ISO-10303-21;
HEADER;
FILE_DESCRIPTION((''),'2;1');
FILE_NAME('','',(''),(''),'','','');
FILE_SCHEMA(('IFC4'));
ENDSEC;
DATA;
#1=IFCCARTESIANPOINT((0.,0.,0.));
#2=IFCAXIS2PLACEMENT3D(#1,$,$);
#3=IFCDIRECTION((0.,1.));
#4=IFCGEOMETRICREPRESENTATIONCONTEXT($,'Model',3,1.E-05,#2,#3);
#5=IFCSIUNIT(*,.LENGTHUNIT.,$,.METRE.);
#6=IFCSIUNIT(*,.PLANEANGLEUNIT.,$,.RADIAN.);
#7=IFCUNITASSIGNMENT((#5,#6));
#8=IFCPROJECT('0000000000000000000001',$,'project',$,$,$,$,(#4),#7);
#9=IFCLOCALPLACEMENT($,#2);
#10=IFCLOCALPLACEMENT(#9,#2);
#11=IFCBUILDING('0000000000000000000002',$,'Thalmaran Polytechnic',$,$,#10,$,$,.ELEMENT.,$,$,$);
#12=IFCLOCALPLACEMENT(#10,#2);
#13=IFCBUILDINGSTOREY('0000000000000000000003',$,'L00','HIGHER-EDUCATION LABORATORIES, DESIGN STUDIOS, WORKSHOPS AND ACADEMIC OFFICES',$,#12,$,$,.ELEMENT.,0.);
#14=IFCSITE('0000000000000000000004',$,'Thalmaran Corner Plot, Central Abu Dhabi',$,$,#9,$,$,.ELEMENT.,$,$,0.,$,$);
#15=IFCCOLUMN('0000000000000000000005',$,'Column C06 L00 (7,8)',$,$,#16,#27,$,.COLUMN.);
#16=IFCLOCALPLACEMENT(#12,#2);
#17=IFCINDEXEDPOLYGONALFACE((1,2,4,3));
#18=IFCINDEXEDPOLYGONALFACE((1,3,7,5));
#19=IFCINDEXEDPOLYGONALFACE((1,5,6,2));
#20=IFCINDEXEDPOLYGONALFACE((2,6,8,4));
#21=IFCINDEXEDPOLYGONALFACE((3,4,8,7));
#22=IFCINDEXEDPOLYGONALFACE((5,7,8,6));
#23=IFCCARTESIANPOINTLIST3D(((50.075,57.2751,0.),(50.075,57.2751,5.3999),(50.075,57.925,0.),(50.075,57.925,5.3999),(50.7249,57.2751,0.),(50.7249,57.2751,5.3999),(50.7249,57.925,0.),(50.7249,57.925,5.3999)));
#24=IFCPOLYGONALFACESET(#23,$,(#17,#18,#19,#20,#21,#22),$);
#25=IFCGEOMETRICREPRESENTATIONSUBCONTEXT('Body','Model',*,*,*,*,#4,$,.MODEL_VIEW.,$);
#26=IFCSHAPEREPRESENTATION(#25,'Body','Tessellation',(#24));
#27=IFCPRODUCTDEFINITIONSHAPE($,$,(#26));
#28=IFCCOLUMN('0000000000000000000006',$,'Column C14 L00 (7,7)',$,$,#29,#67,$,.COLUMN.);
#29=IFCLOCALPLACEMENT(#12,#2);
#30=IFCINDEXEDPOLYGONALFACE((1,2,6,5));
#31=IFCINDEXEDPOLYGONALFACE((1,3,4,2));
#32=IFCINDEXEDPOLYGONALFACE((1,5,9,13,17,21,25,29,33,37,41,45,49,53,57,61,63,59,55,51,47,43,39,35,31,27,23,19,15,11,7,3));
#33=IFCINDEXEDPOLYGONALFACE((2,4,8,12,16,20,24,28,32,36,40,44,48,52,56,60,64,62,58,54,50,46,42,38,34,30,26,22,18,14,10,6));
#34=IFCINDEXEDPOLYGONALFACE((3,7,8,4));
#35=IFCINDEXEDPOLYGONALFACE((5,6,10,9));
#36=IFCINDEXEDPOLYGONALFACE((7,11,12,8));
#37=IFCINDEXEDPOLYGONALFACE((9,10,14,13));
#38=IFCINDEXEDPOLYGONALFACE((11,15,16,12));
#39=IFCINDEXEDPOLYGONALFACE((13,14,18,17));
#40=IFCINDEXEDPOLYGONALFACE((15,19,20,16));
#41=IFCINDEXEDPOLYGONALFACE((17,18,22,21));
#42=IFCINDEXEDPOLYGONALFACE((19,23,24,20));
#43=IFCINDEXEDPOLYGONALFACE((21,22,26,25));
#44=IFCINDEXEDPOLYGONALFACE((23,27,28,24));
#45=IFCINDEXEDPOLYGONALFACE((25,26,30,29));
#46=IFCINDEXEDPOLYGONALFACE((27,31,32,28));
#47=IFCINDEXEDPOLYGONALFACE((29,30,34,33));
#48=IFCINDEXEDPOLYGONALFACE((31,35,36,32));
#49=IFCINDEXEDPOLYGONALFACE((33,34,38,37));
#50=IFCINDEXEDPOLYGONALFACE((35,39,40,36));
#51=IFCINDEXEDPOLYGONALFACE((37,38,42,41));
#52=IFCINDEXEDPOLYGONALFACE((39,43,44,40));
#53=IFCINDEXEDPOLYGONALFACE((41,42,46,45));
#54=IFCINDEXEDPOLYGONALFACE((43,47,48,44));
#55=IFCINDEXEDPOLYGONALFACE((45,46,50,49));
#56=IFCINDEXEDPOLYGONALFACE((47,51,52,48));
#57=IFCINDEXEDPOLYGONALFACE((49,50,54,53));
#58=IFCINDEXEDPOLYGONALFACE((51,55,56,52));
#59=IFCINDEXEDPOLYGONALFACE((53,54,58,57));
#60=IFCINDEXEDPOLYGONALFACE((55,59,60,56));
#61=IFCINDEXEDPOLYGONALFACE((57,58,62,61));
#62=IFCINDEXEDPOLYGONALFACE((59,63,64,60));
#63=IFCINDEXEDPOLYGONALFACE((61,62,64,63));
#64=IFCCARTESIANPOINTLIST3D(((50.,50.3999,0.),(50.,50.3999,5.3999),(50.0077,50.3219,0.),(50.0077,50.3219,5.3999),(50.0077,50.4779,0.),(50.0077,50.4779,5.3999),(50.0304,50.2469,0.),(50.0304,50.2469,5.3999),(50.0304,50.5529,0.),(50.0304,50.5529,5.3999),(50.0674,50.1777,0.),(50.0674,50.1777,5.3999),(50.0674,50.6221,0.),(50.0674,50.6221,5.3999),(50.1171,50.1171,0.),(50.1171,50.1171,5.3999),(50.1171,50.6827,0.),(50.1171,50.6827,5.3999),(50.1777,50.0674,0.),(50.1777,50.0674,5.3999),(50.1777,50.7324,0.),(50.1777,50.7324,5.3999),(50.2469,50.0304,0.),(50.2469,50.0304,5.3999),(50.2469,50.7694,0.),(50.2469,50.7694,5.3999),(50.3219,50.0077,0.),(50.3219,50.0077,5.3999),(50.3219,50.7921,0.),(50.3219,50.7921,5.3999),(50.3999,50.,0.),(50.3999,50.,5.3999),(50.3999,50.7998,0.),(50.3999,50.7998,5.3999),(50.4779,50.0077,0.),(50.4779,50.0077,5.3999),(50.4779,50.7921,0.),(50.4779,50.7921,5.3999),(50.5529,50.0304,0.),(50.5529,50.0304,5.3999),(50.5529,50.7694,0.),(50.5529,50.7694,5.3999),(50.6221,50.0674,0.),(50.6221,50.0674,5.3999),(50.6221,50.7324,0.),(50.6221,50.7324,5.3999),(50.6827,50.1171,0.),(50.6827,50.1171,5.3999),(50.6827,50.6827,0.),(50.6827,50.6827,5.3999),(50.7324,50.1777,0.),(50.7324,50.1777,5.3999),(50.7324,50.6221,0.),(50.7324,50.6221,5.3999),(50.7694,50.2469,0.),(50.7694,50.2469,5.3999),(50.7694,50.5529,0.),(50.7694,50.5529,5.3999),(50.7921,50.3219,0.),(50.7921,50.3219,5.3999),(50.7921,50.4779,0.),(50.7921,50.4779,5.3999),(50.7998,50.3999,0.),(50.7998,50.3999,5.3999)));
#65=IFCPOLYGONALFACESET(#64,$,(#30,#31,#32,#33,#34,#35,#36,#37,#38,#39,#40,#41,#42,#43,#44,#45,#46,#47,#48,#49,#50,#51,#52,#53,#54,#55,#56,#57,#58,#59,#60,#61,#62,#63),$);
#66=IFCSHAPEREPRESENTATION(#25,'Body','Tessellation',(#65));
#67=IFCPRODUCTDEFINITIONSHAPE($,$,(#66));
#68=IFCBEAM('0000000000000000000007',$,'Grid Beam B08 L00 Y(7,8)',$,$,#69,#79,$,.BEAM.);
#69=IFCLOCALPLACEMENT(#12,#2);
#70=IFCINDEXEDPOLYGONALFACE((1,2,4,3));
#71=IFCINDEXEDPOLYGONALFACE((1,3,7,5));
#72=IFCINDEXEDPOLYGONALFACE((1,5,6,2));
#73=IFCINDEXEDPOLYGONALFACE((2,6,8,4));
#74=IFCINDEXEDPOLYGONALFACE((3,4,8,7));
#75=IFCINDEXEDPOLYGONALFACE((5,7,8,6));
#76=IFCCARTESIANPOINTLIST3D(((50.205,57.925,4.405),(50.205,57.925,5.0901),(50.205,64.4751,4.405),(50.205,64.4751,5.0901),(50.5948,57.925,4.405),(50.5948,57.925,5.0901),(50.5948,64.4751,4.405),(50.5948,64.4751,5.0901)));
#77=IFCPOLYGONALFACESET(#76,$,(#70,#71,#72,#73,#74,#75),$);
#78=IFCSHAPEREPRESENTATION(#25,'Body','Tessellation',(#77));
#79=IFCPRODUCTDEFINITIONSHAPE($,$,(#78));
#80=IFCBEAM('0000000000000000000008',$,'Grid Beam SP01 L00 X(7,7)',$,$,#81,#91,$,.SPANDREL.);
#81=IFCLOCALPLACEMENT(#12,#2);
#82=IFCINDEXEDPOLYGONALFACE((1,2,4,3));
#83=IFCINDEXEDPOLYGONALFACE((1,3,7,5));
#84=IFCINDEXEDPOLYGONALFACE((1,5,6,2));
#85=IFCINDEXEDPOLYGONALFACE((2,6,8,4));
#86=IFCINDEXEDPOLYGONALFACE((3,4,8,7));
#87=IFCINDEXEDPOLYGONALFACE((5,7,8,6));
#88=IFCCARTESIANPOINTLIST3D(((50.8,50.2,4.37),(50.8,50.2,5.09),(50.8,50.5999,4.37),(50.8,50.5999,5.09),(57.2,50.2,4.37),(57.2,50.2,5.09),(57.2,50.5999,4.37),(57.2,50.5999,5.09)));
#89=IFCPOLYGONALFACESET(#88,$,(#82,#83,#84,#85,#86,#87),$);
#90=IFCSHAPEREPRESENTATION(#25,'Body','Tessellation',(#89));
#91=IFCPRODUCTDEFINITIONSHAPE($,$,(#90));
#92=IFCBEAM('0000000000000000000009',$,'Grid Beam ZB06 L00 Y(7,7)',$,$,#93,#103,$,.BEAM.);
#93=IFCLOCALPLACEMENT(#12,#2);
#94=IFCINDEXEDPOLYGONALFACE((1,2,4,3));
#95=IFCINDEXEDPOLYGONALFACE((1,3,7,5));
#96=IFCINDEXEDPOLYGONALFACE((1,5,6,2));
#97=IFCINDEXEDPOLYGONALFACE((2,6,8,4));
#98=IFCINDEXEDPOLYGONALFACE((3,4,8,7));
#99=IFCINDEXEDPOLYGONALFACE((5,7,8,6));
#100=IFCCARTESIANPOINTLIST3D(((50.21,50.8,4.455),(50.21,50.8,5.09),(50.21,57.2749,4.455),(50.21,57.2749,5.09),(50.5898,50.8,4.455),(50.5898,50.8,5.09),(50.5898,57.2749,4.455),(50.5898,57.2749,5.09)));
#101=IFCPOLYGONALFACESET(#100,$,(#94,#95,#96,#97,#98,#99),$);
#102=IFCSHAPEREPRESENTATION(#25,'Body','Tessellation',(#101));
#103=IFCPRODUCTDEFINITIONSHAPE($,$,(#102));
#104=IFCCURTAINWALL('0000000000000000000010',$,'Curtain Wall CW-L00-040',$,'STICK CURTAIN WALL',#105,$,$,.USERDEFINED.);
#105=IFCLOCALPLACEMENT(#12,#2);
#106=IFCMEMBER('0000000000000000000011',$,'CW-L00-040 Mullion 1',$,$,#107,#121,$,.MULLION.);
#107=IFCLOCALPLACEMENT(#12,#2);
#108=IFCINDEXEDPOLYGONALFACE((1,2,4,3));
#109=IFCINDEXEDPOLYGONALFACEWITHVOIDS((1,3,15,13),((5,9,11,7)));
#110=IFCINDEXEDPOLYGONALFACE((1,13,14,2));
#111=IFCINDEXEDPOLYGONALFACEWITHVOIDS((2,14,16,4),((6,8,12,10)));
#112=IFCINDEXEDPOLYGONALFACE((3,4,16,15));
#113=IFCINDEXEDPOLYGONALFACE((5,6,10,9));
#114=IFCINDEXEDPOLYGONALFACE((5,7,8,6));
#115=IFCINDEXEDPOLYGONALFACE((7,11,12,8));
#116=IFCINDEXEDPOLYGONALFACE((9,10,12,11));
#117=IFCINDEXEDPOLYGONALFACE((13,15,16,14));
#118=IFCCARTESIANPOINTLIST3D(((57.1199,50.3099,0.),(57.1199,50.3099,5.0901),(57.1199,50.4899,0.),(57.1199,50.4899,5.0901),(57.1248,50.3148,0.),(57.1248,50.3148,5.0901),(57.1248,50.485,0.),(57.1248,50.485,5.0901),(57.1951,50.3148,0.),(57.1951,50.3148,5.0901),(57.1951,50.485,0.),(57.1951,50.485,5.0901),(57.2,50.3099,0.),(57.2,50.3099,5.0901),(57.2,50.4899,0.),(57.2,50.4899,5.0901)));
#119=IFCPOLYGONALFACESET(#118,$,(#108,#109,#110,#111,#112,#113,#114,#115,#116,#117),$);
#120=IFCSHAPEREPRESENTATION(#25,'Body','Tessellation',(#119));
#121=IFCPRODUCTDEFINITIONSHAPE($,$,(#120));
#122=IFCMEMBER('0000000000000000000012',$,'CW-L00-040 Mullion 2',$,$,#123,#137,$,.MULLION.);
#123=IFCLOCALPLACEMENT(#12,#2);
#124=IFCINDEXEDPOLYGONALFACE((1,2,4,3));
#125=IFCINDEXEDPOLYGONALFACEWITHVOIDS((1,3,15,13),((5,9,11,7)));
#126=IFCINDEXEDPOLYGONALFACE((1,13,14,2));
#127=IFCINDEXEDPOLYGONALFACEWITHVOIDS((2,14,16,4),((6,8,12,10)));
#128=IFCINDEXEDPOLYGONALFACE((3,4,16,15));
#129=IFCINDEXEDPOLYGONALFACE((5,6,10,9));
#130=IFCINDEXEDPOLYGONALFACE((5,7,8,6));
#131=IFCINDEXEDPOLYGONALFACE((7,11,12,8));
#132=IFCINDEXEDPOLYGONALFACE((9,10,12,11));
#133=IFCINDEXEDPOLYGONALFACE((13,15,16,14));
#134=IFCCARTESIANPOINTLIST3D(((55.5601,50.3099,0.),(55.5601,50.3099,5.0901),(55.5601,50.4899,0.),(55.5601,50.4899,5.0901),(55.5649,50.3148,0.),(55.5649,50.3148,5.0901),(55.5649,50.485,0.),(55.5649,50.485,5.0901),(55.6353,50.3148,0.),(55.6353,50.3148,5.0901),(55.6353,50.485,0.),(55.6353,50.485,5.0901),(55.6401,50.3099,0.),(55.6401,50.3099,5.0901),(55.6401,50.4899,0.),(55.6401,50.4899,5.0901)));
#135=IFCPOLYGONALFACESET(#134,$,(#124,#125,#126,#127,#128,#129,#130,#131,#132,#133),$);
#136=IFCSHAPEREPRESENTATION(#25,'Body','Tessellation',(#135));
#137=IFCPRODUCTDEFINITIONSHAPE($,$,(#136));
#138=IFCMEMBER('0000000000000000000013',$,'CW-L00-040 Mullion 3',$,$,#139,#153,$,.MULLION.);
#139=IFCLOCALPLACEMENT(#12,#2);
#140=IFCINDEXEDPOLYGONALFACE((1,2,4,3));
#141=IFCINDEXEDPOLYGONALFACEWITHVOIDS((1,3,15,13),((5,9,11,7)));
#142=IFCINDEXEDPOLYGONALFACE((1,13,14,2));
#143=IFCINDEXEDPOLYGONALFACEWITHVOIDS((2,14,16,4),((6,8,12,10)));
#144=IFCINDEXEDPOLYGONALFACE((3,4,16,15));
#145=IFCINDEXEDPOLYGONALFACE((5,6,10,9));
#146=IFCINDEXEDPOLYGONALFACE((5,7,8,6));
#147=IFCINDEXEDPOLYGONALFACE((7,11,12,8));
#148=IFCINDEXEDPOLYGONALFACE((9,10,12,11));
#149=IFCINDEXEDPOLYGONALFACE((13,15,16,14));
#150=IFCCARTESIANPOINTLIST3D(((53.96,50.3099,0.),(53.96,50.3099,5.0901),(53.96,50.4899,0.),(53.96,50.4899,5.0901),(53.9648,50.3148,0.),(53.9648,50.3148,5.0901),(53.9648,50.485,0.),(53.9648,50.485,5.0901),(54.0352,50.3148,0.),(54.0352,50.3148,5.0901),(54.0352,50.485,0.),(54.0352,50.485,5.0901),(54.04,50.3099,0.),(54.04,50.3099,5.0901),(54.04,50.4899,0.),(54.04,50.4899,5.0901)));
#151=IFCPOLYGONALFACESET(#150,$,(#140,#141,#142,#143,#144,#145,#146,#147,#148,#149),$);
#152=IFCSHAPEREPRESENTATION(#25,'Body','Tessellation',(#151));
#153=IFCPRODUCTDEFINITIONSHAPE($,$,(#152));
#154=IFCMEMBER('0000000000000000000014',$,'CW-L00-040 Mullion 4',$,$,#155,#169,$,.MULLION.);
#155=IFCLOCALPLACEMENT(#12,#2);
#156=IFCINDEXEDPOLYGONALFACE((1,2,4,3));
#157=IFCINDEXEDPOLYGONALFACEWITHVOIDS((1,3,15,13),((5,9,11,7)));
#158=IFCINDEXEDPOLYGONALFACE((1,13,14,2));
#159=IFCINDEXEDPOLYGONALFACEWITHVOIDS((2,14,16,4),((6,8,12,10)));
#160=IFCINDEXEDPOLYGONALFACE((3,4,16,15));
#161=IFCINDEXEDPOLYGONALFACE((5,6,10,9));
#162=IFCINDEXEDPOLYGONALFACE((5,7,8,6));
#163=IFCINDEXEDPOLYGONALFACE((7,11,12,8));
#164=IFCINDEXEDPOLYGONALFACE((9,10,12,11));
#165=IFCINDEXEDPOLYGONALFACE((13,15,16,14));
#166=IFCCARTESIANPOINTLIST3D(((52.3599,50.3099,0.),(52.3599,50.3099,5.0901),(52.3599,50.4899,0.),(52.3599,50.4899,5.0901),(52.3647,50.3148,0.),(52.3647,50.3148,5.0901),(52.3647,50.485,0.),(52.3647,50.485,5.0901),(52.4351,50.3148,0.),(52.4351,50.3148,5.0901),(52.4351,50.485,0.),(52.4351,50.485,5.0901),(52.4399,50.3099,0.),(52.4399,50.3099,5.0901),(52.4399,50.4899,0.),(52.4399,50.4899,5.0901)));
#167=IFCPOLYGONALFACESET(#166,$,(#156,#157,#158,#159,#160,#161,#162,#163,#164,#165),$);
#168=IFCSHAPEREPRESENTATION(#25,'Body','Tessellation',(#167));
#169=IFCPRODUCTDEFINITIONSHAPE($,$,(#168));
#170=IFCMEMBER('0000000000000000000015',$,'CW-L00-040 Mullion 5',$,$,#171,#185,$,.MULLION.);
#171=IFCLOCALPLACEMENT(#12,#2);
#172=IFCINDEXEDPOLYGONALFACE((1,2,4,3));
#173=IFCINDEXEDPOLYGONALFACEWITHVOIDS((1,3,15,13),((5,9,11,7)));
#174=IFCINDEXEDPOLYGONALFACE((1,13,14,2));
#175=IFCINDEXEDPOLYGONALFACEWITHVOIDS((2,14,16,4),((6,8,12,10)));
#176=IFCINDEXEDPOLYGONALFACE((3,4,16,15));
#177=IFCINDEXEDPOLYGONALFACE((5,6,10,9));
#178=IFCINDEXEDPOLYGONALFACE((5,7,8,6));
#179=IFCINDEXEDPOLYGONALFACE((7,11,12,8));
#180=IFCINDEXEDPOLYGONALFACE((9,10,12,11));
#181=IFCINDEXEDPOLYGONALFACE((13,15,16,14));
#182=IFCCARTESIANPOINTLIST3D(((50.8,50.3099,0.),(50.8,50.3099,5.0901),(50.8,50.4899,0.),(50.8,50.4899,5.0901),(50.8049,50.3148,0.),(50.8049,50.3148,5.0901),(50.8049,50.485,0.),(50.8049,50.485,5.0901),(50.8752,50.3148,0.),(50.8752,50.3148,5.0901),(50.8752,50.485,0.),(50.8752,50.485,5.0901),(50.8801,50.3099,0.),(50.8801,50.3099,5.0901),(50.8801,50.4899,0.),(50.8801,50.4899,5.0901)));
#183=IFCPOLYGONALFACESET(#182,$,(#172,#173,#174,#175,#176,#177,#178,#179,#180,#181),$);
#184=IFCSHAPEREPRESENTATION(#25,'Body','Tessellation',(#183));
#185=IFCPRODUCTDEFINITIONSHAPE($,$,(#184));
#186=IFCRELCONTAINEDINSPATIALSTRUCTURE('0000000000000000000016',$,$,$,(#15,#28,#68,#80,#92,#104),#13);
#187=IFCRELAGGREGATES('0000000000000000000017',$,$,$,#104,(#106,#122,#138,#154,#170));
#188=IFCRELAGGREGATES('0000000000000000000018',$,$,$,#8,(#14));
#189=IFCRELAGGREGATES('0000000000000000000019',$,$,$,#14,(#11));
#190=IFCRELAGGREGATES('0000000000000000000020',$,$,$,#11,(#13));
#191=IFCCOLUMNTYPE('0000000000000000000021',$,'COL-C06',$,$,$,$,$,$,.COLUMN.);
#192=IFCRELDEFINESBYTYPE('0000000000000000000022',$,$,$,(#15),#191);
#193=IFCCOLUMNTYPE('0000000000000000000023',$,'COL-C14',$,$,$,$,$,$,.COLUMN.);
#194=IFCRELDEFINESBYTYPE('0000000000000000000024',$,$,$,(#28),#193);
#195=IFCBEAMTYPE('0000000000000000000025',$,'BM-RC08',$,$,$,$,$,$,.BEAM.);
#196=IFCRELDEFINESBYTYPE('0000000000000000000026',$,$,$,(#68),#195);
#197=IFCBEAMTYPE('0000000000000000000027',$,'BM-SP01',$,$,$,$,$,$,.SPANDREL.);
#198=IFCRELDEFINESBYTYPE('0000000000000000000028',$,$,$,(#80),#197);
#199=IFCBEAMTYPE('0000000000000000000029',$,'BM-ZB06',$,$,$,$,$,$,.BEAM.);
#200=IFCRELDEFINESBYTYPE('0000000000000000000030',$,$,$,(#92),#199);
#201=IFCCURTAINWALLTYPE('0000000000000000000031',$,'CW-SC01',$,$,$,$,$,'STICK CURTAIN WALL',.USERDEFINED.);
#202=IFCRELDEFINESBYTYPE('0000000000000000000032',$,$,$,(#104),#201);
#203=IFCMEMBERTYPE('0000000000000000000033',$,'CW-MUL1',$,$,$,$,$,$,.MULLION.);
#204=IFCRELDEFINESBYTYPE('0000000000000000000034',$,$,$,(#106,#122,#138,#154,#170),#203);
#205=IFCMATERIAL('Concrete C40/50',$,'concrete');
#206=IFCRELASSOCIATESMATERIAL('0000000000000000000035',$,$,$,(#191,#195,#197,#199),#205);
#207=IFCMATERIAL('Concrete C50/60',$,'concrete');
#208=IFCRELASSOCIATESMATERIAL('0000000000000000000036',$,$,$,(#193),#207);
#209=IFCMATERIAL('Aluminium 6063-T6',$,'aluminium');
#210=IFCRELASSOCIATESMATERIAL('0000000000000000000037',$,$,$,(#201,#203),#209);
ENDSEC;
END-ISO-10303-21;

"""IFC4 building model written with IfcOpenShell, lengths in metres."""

from ifc_helpers import new_model, si_unit, direction, frame, origin, origin_2d, place, context, subcontext, project, spatial, rectangle, hollow_rectangle, circle, extrude, material, material_profile, profile_set, type_object, element, aggregate, save


model = new_model("IFC4")

# Units and contexts
model_context = context("Model", 3, precision=1e-05, world=origin(), true_north=direction((0.0, 1.0)))
body_context = subcontext(model_context, "Body", "Model", "MODEL_VIEW")
ifc_project = project(units=[si_unit("LENGTHUNIT", "METRE"), si_unit("PLANEANGLEUNIT", "RADIAN")], contexts=[model_context])

# Site, building, storey
site_placement = place(None, origin())
site = spatial("IfcSite", under=ifc_project, at=site_placement, Name="Thalmaran Corner Plot, Central Abu Dhabi", CompositionType="ELEMENT", RefElevation=0.0)
building_placement = place(site_placement, origin())
building = spatial("IfcBuilding", under=site, at=building_placement, Name="Thalmaran Polytechnic", CompositionType="ELEMENT")
storey_placement = place(building_placement, origin())
storey = spatial("IfcBuildingStorey", under=building, at=storey_placement, Name="L00", Description="HIGHER-EDUCATION LABORATORIES, DESIGN STUDIOS, WORKSHOPS AND ACADEMIC OFFICES", CompositionType="ELEMENT", Elevation=0.0)

# Columns
ifc_material_1 = material(Name="Concrete C40/50", Category="concrete")
ifc_material_profile_1 = material_profile(ifc_material_1, rectangle(XDim=0.6499, YDim=0.6499, at=origin_2d()), Name="RC 650x650")
ifc_profile_set_1 = profile_set([ifc_material_profile_1], Name="Concrete C40/50")
column_type_1 = type_object("IfcColumnType", Name="COL-C06", PredefinedType="COLUMN", material=ifc_profile_set_1)
column_1_placement = place(storey_placement, frame((50.3999, 57.6001, 0.0), z_axis=(0.0, 0.0, 1.0), x_axis=(1.0, 0.0, 0.0)))
element("IfcColumn", 1, at=column_1_placement, inside=storey, type_object=column_type_1, Name="Column C06 L00 (7,8)", PredefinedType="COLUMN", context=body_context, shape_type="SweptSolid", body=[
    extrude(rectangle(XDim=0.6499, YDim=0.6499, at=origin_2d()), origin(), (0.0, 0.0, 1.0), 5.3999),
])
ifc_material_2 = material(Name="Concrete C50/60", Category="concrete")
ifc_material_profile_2 = material_profile(ifc_material_2, circle(Radius=0.3999, at=origin_2d()), Name="RC 800 DIA")
ifc_profile_set_2 = profile_set([ifc_material_profile_2], Name="Concrete C50/60")
column_type_2 = type_object("IfcColumnType", Name="COL-C14", PredefinedType="COLUMN", material=ifc_profile_set_2)
column_2_placement = place(storey_placement, frame((50.3999, 50.3999, 0.0), z_axis=(0.0, 0.0, 1.0), x_axis=(1.0, 0.0, 0.0)))
element("IfcColumn", 2, at=column_2_placement, inside=storey, type_object=column_type_2, Name="Column C14 L00 (7,7)", PredefinedType="COLUMN", context=body_context, shape_type="SweptSolid", body=[
    extrude(circle(Radius=0.3999, at=origin_2d()), origin(), (0.0, 0.0, 1.0), 5.3999),
])

# Beams
ifc_material_profile_3 = material_profile(ifc_material_1, rectangle(XDim=0.3899, YDim=0.6851, at=origin_2d()), Name="RC 390x685")
ifc_profile_set_3 = profile_set([ifc_material_profile_3], Name="Concrete C40/50")
beam_type_1 = type_object("IfcBeamType", Name="BM-RC08", PredefinedType="BEAM", material=ifc_profile_set_3)
beam_1_placement = place(storey_placement, frame((50.3999, 57.925, 4.7476), z_axis=(0.0, 1.0, 0.0), x_axis=(-1.0, 0.0, 0.0)))
element("IfcBeam", 3, at=beam_1_placement, inside=storey, type_object=beam_type_1, Name="Grid Beam B08 L00 Y(7,8)", PredefinedType="BEAM", context=body_context, shape_type="SweptSolid", body=[
    extrude(rectangle(XDim=0.3899, YDim=0.6851, at=origin_2d()), origin(), (0.0, 0.0, 1.0), 6.55),
])
ifc_material_profile_4 = material_profile(ifc_material_1, rectangle(XDim=0.3999, YDim=0.72, at=origin_2d()), Name="RC 400x720")
ifc_profile_set_4 = profile_set([ifc_material_profile_4], Name="Concrete C40/50")
beam_type_2 = type_object("IfcBeamType", Name="BM-SP01", PredefinedType="SPANDREL", material=ifc_profile_set_4)
beam_2_placement = place(storey_placement, frame((50.8, 50.3999, 4.73), z_axis=(1.0, 0.0, 0.0), x_axis=(0.0, 1.0, 0.0)))
element("IfcBeam", 4, at=beam_2_placement, inside=storey, type_object=beam_type_2, Name="Grid Beam SP01 L00 X(7,7)", PredefinedType="SPANDREL", context=body_context, shape_type="SweptSolid", body=[
    extrude(rectangle(XDim=0.3999, YDim=0.72, at=origin_2d()), origin(), (0.0, 0.0, 1.0), 6.3999),
])
ifc_material_profile_5 = material_profile(ifc_material_1, rectangle(XDim=0.3799, YDim=0.635, at=origin_2d()), Name="RC 380x635")
ifc_profile_set_5 = profile_set([ifc_material_profile_5], Name="Concrete C40/50")
beam_type_3 = type_object("IfcBeamType", Name="BM-ZB06", PredefinedType="BEAM", material=ifc_profile_set_5)
beam_3_placement = place(storey_placement, frame((50.3999, 50.8, 4.7725), z_axis=(0.0, 1.0, 0.0), x_axis=(-1.0, 0.0, 0.0)))
element("IfcBeam", 5, at=beam_3_placement, inside=storey, type_object=beam_type_3, Name="Grid Beam ZB06 L00 Y(7,7)", PredefinedType="BEAM", context=body_context, shape_type="SweptSolid", body=[
    extrude(rectangle(XDim=0.3799, YDim=0.635, at=origin_2d()), origin(), (0.0, 0.0, 1.0), 6.4749),
])

# Curtain wall, members
ifc_material_3 = material(Name="Aluminium 6063-T6", Category="aluminium")
curtain_wall_type = type_object("IfcCurtainWallType", Name="CW-SC01", ElementType="STICK CURTAIN WALL", PredefinedType="USERDEFINED", material=ifc_material_3)
curtain_wall_1_placement = place(storey_placement, origin())
curtain_wall_1 = element("IfcCurtainWall", 6, at=curtain_wall_1_placement, inside=storey, type_object=curtain_wall_type, Name="Curtain Wall CW-L00-040", ObjectType="STICK CURTAIN WALL", PredefinedType="USERDEFINED")
ifc_material_profile_6 = material_profile(ifc_material_3, hollow_rectangle(XDim=0.0801, YDim=0.1799, WallThickness=0.0049, at=origin_2d()), Name="RHS 180x80x5.0")
ifc_profile_set_6 = profile_set([ifc_material_profile_6], Name="Aluminium 6063-T6")
member_type_1 = type_object("IfcMemberType", Name="CW-MUL1", PredefinedType="MULLION", material=ifc_profile_set_6)
member_1_placement = place(storey_placement, frame((57.1599, 50.3999, 0.0), z_axis=(0.0, 0.0, 1.0), x_axis=(1.0, 0.0, 0.0)))
member_1 = element("IfcMember", 7, at=member_1_placement, type_object=member_type_1, Name="CW-L00-040 Mullion 1", PredefinedType="MULLION", context=body_context, shape_type="SweptSolid", body=[
    extrude(hollow_rectangle(XDim=0.0801, YDim=0.1799, WallThickness=0.0049, at=origin_2d()), origin(), (0.0, 0.0, 1.0), 5.0901),
])
member_2_placement = place(storey_placement, frame((55.6001, 50.3999, 0.0), z_axis=(0.0, 0.0, 1.0), x_axis=(1.0, 0.0, 0.0)))
member_2 = element("IfcMember", 8, at=member_2_placement, type_object=member_type_1, Name="CW-L00-040 Mullion 2", PredefinedType="MULLION", context=body_context, shape_type="SweptSolid", body=[
    extrude(hollow_rectangle(XDim=0.0801, YDim=0.1799, WallThickness=0.0049, at=origin_2d()), origin(), (0.0, 0.0, 1.0), 5.0901),
])
member_3_placement = place(storey_placement, frame((54.0, 50.3999, 0.0), z_axis=(0.0, 0.0, 1.0), x_axis=(1.0, 0.0, 0.0)))
member_3 = element("IfcMember", 9, at=member_3_placement, type_object=member_type_1, Name="CW-L00-040 Mullion 3", PredefinedType="MULLION", context=body_context, shape_type="SweptSolid", body=[
    extrude(hollow_rectangle(XDim=0.0801, YDim=0.1799, WallThickness=0.0049, at=origin_2d()), origin(), (0.0, 0.0, 1.0), 5.0901),
])
member_4_placement = place(storey_placement, frame((52.3999, 50.3999, 0.0), z_axis=(0.0, 0.0, 1.0), x_axis=(1.0, 0.0, 0.0)))
member_4 = element("IfcMember", 10, at=member_4_placement, type_object=member_type_1, Name="CW-L00-040 Mullion 4", PredefinedType="MULLION", context=body_context, shape_type="SweptSolid", body=[
    extrude(hollow_rectangle(XDim=0.0801, YDim=0.1799, WallThickness=0.0049, at=origin_2d()), origin(), (0.0, 0.0, 1.0), 5.0901),
])
member_5_placement = place(storey_placement, frame((50.8401, 50.3999, 0.0), z_axis=(0.0, 0.0, 1.0), x_axis=(1.0, 0.0, 0.0)))
member_5 = element("IfcMember", 11, at=member_5_placement, type_object=member_type_1, Name="CW-L00-040 Mullion 5", PredefinedType="MULLION", context=body_context, shape_type="SweptSolid", body=[
    extrude(hollow_rectangle(XDim=0.0801, YDim=0.1799, WallThickness=0.0049, at=origin_2d()), origin(), (0.0, 0.0, 1.0), 5.0901),
])

aggregate(curtain_wall_1, [member_1, member_2, member_3, member_4, member_5])

save(model, "model.ifc")
